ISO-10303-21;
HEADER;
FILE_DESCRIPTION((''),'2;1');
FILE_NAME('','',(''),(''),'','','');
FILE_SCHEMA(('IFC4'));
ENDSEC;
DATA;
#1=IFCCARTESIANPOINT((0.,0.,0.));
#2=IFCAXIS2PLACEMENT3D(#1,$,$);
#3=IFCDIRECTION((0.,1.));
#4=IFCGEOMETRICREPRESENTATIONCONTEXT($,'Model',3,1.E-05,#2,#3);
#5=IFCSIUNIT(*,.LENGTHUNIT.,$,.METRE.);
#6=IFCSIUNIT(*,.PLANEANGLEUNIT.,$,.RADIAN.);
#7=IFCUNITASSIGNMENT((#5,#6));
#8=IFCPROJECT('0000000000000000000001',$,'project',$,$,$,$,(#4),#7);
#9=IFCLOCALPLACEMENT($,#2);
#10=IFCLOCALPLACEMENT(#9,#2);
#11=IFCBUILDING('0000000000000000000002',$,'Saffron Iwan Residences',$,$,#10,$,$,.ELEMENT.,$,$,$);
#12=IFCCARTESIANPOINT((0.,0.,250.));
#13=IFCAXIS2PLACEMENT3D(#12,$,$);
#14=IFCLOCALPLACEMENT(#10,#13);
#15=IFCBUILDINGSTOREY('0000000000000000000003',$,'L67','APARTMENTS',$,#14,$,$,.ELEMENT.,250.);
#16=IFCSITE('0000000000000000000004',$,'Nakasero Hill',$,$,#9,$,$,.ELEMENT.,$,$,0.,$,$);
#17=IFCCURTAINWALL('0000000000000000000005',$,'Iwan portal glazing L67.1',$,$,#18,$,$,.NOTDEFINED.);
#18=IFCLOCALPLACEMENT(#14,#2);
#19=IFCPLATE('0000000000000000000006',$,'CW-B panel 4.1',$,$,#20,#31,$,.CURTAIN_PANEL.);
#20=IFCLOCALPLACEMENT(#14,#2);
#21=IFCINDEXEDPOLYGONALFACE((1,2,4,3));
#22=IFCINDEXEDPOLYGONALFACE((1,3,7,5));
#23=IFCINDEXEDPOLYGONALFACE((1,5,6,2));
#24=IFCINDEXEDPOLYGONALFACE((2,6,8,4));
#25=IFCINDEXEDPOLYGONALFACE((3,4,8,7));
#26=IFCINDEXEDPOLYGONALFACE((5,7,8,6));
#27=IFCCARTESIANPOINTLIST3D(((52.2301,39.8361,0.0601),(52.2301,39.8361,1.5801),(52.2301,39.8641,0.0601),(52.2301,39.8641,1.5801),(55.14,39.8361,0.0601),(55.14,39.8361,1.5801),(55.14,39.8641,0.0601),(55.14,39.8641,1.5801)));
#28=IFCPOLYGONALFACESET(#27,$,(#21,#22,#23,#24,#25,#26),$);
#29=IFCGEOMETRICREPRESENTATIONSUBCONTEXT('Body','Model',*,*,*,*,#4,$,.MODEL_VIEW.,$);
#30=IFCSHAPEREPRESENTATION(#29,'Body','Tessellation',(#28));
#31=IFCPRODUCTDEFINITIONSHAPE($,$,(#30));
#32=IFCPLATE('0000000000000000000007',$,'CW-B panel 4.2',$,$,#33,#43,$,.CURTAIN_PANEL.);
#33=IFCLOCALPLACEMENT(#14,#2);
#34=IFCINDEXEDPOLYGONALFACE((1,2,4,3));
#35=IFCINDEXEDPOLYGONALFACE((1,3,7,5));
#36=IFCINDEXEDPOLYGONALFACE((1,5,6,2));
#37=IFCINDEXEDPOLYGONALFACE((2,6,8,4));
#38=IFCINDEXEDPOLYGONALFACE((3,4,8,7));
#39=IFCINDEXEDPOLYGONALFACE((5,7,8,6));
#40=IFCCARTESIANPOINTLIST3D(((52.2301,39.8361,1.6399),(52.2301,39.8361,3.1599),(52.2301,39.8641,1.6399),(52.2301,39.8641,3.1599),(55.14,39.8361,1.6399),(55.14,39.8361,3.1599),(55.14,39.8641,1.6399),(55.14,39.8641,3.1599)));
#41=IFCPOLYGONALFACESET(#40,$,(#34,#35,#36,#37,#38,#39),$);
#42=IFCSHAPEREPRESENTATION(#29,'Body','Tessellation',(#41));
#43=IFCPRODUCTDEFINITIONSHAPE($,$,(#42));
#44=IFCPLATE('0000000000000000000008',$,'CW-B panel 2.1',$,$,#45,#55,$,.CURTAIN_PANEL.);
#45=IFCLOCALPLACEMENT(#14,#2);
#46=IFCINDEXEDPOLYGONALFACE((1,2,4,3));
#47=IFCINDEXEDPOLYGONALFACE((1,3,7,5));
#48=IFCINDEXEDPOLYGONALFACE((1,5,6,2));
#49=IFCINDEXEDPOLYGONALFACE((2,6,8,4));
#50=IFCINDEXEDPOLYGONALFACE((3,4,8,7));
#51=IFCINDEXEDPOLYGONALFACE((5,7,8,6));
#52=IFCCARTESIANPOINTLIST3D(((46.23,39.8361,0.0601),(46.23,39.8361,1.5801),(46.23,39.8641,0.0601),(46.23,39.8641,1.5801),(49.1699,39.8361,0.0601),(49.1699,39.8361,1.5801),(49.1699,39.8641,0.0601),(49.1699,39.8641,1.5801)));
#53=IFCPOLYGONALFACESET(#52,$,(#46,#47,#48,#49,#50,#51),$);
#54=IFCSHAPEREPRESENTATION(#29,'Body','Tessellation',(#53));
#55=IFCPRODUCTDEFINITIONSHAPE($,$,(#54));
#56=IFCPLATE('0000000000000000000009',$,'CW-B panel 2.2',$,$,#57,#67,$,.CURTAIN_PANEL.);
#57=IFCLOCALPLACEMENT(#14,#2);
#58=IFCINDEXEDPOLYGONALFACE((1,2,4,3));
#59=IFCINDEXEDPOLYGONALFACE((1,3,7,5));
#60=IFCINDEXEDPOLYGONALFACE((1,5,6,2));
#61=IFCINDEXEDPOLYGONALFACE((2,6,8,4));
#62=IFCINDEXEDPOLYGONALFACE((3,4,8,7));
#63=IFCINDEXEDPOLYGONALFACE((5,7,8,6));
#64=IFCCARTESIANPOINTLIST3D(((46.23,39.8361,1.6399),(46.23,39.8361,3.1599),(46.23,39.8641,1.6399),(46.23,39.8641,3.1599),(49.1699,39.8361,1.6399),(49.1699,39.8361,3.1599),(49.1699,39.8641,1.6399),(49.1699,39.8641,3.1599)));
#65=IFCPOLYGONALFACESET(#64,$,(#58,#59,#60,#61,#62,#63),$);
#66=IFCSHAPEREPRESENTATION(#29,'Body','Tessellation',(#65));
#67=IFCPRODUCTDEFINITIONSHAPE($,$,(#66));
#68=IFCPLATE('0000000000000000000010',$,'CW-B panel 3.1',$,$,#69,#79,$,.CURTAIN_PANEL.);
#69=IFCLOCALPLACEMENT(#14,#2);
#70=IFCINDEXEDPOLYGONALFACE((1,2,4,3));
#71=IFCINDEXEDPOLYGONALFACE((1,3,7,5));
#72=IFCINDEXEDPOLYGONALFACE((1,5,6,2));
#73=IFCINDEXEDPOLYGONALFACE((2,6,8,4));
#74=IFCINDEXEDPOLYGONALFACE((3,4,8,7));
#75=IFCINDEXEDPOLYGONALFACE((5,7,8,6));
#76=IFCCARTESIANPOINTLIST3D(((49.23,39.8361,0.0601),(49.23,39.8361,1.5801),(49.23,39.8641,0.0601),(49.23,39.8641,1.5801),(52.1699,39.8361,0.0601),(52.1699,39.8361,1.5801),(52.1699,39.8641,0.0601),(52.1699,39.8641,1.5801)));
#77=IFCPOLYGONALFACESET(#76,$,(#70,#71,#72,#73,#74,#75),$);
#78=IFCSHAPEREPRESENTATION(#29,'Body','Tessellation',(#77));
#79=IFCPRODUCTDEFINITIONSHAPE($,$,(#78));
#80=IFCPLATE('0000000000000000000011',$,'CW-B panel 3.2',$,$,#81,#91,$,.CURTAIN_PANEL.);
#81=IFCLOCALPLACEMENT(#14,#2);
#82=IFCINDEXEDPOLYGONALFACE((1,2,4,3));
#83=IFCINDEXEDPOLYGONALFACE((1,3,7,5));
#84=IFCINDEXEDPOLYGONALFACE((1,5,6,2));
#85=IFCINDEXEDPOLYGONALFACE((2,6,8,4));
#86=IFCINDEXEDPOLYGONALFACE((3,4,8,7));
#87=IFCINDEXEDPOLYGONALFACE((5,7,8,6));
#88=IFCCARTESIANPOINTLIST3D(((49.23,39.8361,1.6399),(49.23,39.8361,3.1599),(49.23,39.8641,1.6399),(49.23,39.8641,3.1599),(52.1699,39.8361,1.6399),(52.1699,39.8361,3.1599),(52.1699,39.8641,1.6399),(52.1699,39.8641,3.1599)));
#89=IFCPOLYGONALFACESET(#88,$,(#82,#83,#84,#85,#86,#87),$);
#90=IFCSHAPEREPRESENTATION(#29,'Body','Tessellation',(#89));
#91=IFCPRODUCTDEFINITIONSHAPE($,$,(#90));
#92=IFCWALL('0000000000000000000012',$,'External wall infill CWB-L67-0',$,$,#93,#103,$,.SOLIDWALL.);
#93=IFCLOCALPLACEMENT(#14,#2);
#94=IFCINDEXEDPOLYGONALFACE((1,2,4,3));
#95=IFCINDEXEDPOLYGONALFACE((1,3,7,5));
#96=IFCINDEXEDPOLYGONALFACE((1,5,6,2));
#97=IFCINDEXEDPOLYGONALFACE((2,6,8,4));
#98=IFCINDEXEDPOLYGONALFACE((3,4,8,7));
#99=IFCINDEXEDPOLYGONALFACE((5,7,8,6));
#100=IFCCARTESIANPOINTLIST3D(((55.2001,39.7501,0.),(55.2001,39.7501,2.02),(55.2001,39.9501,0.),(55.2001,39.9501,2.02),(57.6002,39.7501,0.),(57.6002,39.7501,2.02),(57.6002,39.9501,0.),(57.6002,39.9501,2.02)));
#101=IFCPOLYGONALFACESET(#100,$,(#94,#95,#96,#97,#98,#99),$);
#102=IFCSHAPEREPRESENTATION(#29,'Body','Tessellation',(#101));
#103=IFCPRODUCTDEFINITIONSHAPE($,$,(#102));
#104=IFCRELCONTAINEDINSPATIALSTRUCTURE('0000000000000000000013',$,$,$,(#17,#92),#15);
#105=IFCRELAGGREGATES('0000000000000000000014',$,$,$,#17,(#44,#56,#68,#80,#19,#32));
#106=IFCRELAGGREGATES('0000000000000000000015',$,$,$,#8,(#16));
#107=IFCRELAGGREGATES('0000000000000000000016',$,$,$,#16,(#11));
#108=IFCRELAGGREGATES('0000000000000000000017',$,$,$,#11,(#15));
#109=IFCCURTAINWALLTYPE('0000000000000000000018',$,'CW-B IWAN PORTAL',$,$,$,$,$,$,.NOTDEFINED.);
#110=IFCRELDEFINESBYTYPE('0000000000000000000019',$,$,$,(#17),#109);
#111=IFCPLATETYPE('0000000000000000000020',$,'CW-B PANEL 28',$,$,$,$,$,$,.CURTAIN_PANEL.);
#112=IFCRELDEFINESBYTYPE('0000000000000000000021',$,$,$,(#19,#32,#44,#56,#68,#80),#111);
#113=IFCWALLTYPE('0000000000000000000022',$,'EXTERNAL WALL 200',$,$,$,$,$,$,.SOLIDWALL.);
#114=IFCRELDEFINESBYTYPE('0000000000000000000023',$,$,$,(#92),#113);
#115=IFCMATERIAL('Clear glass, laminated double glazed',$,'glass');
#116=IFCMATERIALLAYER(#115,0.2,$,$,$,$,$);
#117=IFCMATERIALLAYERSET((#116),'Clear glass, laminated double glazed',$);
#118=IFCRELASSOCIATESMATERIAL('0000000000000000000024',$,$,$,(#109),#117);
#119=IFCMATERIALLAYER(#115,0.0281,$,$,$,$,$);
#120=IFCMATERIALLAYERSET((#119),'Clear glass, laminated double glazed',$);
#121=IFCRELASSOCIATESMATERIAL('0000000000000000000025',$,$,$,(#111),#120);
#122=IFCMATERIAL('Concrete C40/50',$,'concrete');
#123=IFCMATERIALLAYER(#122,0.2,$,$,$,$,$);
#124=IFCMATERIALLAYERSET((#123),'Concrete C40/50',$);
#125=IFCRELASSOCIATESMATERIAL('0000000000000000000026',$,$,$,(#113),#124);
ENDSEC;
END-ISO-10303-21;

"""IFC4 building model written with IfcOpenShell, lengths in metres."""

from ifc_helpers import new_model, si_unit, direction, frame, frame_2d, origin, origin_2d, place, context, subcontext, project, spatial, rectangle, extrude, source, transform, mapped, material, layer, layer_set, type_object, element, aggregate, save


model = new_model("IFC4")

# Units and contexts
model_context = context("Model", 3, precision=1e-05, world=origin(), true_north=direction((0.0, 1.0)))
body_context = subcontext(model_context, "Body", "Model", "MODEL_VIEW")
ifc_project = project(units=[si_unit("LENGTHUNIT", "METRE"), si_unit("PLANEANGLEUNIT", "RADIAN")], contexts=[model_context])

# Site, building, storey
site_placement = place(None, origin())
site = spatial("IfcSite", under=ifc_project, at=site_placement, Name="Nakasero Hill", CompositionType="ELEMENT", RefElevation=0.0)
building_placement = place(site_placement, origin())
building = spatial("IfcBuilding", under=site, at=building_placement, Name="Saffron Iwan Residences", CompositionType="ELEMENT")
storey_placement = place(building_placement, frame((0.0, 0.0, 250.0)))
storey = spatial("IfcBuildingStorey", under=building, at=storey_placement, Name="L67", Description="APARTMENTS", CompositionType="ELEMENT", Elevation=250.0)

# Shared definitions
ifc_material_1 = material(Name="Concrete C40/50", Category="concrete")

# Curtain wall, plates
ifc_material_2 = material(Name="Clear glass, laminated double glazed", Category="glass")
ifc_layer_1 = layer(ifc_material_2, 0.2)
ifc_layer_set_1 = layer_set([ifc_layer_1], Name="Clear glass, laminated double glazed")
curtain_wall_type = type_object("IfcCurtainWallType", Name="CW-B IWAN PORTAL", PredefinedType="NOTDEFINED", material=ifc_layer_set_1)
curtain_wall_placement = place(storey_placement, origin())
curtain_wall = element("IfcCurtainWall", 1, at=curtain_wall_placement, inside=storey, type_object=curtain_wall_type, Name="Iwan portal glazing L67.1", PredefinedType="NOTDEFINED")
ifc_layer_2 = layer(ifc_material_2, 0.0281)
ifc_layer_set_2 = layer_set([ifc_layer_2], Name="Clear glass, laminated double glazed")
plate_type = type_object("IfcPlateType", Name="CW-B PANEL 28", PredefinedType="CURTAIN_PANEL", material=ifc_layer_set_2)
shared_shape_1 = source(origin(), body_context, "Body", "SweptSolid", [
    extrude(rectangle(XDim=2.9099, YDim=0.0281, at=origin_2d()), origin(), (0.0, 0.0, 1.0), 1.52),
])
plate_1_placement = place(storey_placement, frame((53.6851, 39.8501, 0.0601), z_axis=(0.0, 0.0, 1.0), x_axis=(1.0, 0.0, 0.0)))
plate_1 = element("IfcPlate", 2, at=plate_1_placement, type_object=plate_type, Name="CW-B panel 4.1", PredefinedType="CURTAIN_PANEL", context=body_context, shape_type="MappedRepresentation", body=[
    mapped(shared_shape_1, transform((0.0, 0.0, 0.0))),
])
plate_2_placement = place(storey_placement, frame((53.6851, 39.8501, 1.6399), z_axis=(0.0, 0.0, 1.0), x_axis=(1.0, 0.0, 0.0)))
plate_2 = element("IfcPlate", 3, at=plate_2_placement, type_object=plate_type, Name="CW-B panel 4.2", PredefinedType="CURTAIN_PANEL", context=body_context, shape_type="MappedRepresentation", body=[
    mapped(shared_shape_1, transform((0.0, 0.0, 0.0))),
])
shared_shape_2 = source(origin(), body_context, "Body", "SweptSolid", [
    extrude(rectangle(XDim=2.9399, YDim=0.0281, at=origin_2d()), origin(), (0.0, 0.0, 1.0), 1.52),
])
plate_3_placement = place(storey_placement, frame((47.7, 39.8501, 0.0601), z_axis=(0.0, 0.0, 1.0), x_axis=(1.0, 0.0, 0.0)))
plate_3 = element("IfcPlate", 4, at=plate_3_placement, type_object=plate_type, Name="CW-B panel 2.1", PredefinedType="CURTAIN_PANEL", context=body_context, shape_type="MappedRepresentation", body=[
    mapped(shared_shape_2, transform((0.0, 0.0, 0.0))),
])
plate_4_placement = place(storey_placement, frame((47.7, 39.8501, 1.6399), z_axis=(0.0, 0.0, 1.0), x_axis=(1.0, 0.0, 0.0)))
plate_4 = element("IfcPlate", 5, at=plate_4_placement, type_object=plate_type, Name="CW-B panel 2.2", PredefinedType="CURTAIN_PANEL", context=body_context, shape_type="MappedRepresentation", body=[
    mapped(shared_shape_2, transform((0.0, 0.0, 0.0))),
])
plate_5_placement = place(storey_placement, frame((50.7, 39.8501, 0.0601), z_axis=(0.0, 0.0, 1.0), x_axis=(1.0, 0.0, 0.0)))
plate_5 = element("IfcPlate", 6, at=plate_5_placement, type_object=plate_type, Name="CW-B panel 3.1", PredefinedType="CURTAIN_PANEL", context=body_context, shape_type="MappedRepresentation", body=[
    mapped(shared_shape_2, transform((0.0, 0.0, 0.0))),
])
plate_6_placement = place(storey_placement, frame((50.7, 39.8501, 1.6399), z_axis=(0.0, 0.0, 1.0), x_axis=(1.0, 0.0, 0.0)))
plate_6 = element("IfcPlate", 7, at=plate_6_placement, type_object=plate_type, Name="CW-B panel 3.2", PredefinedType="CURTAIN_PANEL", context=body_context, shape_type="MappedRepresentation", body=[
    mapped(shared_shape_2, transform((0.0, 0.0, 0.0))),
])
aggregate(curtain_wall, [plate_3, plate_4, plate_5, plate_6, plate_1, plate_2])

# Wall
ifc_layer_3 = layer(ifc_material_1, 0.2)
ifc_layer_set_3 = layer_set([ifc_layer_3], Name="Concrete C40/50")
wall_type = type_object("IfcWallType", Name="EXTERNAL WALL 200", PredefinedType="SOLIDWALL", material=ifc_layer_set_3)
wall_placement = place(storey_placement, frame((55.2, 39.8501, 0.0), z_axis=(0.0, 0.0, 1.0), x_axis=(1.0, 0.0, 0.0)))
element("IfcWall", 8, at=wall_placement, inside=storey, type_object=wall_type, Name="External wall infill CWB-L67-0", PredefinedType="SOLIDWALL", context=body_context, shape_type="SweptSolid", body=[
    extrude(rectangle(XDim=2.4001, YDim=0.2, at=frame_2d((1.2002, 0.0))), origin(), (0.0, 0.0, 1.0), 2.02),
])

save(model, "model.ifc")
